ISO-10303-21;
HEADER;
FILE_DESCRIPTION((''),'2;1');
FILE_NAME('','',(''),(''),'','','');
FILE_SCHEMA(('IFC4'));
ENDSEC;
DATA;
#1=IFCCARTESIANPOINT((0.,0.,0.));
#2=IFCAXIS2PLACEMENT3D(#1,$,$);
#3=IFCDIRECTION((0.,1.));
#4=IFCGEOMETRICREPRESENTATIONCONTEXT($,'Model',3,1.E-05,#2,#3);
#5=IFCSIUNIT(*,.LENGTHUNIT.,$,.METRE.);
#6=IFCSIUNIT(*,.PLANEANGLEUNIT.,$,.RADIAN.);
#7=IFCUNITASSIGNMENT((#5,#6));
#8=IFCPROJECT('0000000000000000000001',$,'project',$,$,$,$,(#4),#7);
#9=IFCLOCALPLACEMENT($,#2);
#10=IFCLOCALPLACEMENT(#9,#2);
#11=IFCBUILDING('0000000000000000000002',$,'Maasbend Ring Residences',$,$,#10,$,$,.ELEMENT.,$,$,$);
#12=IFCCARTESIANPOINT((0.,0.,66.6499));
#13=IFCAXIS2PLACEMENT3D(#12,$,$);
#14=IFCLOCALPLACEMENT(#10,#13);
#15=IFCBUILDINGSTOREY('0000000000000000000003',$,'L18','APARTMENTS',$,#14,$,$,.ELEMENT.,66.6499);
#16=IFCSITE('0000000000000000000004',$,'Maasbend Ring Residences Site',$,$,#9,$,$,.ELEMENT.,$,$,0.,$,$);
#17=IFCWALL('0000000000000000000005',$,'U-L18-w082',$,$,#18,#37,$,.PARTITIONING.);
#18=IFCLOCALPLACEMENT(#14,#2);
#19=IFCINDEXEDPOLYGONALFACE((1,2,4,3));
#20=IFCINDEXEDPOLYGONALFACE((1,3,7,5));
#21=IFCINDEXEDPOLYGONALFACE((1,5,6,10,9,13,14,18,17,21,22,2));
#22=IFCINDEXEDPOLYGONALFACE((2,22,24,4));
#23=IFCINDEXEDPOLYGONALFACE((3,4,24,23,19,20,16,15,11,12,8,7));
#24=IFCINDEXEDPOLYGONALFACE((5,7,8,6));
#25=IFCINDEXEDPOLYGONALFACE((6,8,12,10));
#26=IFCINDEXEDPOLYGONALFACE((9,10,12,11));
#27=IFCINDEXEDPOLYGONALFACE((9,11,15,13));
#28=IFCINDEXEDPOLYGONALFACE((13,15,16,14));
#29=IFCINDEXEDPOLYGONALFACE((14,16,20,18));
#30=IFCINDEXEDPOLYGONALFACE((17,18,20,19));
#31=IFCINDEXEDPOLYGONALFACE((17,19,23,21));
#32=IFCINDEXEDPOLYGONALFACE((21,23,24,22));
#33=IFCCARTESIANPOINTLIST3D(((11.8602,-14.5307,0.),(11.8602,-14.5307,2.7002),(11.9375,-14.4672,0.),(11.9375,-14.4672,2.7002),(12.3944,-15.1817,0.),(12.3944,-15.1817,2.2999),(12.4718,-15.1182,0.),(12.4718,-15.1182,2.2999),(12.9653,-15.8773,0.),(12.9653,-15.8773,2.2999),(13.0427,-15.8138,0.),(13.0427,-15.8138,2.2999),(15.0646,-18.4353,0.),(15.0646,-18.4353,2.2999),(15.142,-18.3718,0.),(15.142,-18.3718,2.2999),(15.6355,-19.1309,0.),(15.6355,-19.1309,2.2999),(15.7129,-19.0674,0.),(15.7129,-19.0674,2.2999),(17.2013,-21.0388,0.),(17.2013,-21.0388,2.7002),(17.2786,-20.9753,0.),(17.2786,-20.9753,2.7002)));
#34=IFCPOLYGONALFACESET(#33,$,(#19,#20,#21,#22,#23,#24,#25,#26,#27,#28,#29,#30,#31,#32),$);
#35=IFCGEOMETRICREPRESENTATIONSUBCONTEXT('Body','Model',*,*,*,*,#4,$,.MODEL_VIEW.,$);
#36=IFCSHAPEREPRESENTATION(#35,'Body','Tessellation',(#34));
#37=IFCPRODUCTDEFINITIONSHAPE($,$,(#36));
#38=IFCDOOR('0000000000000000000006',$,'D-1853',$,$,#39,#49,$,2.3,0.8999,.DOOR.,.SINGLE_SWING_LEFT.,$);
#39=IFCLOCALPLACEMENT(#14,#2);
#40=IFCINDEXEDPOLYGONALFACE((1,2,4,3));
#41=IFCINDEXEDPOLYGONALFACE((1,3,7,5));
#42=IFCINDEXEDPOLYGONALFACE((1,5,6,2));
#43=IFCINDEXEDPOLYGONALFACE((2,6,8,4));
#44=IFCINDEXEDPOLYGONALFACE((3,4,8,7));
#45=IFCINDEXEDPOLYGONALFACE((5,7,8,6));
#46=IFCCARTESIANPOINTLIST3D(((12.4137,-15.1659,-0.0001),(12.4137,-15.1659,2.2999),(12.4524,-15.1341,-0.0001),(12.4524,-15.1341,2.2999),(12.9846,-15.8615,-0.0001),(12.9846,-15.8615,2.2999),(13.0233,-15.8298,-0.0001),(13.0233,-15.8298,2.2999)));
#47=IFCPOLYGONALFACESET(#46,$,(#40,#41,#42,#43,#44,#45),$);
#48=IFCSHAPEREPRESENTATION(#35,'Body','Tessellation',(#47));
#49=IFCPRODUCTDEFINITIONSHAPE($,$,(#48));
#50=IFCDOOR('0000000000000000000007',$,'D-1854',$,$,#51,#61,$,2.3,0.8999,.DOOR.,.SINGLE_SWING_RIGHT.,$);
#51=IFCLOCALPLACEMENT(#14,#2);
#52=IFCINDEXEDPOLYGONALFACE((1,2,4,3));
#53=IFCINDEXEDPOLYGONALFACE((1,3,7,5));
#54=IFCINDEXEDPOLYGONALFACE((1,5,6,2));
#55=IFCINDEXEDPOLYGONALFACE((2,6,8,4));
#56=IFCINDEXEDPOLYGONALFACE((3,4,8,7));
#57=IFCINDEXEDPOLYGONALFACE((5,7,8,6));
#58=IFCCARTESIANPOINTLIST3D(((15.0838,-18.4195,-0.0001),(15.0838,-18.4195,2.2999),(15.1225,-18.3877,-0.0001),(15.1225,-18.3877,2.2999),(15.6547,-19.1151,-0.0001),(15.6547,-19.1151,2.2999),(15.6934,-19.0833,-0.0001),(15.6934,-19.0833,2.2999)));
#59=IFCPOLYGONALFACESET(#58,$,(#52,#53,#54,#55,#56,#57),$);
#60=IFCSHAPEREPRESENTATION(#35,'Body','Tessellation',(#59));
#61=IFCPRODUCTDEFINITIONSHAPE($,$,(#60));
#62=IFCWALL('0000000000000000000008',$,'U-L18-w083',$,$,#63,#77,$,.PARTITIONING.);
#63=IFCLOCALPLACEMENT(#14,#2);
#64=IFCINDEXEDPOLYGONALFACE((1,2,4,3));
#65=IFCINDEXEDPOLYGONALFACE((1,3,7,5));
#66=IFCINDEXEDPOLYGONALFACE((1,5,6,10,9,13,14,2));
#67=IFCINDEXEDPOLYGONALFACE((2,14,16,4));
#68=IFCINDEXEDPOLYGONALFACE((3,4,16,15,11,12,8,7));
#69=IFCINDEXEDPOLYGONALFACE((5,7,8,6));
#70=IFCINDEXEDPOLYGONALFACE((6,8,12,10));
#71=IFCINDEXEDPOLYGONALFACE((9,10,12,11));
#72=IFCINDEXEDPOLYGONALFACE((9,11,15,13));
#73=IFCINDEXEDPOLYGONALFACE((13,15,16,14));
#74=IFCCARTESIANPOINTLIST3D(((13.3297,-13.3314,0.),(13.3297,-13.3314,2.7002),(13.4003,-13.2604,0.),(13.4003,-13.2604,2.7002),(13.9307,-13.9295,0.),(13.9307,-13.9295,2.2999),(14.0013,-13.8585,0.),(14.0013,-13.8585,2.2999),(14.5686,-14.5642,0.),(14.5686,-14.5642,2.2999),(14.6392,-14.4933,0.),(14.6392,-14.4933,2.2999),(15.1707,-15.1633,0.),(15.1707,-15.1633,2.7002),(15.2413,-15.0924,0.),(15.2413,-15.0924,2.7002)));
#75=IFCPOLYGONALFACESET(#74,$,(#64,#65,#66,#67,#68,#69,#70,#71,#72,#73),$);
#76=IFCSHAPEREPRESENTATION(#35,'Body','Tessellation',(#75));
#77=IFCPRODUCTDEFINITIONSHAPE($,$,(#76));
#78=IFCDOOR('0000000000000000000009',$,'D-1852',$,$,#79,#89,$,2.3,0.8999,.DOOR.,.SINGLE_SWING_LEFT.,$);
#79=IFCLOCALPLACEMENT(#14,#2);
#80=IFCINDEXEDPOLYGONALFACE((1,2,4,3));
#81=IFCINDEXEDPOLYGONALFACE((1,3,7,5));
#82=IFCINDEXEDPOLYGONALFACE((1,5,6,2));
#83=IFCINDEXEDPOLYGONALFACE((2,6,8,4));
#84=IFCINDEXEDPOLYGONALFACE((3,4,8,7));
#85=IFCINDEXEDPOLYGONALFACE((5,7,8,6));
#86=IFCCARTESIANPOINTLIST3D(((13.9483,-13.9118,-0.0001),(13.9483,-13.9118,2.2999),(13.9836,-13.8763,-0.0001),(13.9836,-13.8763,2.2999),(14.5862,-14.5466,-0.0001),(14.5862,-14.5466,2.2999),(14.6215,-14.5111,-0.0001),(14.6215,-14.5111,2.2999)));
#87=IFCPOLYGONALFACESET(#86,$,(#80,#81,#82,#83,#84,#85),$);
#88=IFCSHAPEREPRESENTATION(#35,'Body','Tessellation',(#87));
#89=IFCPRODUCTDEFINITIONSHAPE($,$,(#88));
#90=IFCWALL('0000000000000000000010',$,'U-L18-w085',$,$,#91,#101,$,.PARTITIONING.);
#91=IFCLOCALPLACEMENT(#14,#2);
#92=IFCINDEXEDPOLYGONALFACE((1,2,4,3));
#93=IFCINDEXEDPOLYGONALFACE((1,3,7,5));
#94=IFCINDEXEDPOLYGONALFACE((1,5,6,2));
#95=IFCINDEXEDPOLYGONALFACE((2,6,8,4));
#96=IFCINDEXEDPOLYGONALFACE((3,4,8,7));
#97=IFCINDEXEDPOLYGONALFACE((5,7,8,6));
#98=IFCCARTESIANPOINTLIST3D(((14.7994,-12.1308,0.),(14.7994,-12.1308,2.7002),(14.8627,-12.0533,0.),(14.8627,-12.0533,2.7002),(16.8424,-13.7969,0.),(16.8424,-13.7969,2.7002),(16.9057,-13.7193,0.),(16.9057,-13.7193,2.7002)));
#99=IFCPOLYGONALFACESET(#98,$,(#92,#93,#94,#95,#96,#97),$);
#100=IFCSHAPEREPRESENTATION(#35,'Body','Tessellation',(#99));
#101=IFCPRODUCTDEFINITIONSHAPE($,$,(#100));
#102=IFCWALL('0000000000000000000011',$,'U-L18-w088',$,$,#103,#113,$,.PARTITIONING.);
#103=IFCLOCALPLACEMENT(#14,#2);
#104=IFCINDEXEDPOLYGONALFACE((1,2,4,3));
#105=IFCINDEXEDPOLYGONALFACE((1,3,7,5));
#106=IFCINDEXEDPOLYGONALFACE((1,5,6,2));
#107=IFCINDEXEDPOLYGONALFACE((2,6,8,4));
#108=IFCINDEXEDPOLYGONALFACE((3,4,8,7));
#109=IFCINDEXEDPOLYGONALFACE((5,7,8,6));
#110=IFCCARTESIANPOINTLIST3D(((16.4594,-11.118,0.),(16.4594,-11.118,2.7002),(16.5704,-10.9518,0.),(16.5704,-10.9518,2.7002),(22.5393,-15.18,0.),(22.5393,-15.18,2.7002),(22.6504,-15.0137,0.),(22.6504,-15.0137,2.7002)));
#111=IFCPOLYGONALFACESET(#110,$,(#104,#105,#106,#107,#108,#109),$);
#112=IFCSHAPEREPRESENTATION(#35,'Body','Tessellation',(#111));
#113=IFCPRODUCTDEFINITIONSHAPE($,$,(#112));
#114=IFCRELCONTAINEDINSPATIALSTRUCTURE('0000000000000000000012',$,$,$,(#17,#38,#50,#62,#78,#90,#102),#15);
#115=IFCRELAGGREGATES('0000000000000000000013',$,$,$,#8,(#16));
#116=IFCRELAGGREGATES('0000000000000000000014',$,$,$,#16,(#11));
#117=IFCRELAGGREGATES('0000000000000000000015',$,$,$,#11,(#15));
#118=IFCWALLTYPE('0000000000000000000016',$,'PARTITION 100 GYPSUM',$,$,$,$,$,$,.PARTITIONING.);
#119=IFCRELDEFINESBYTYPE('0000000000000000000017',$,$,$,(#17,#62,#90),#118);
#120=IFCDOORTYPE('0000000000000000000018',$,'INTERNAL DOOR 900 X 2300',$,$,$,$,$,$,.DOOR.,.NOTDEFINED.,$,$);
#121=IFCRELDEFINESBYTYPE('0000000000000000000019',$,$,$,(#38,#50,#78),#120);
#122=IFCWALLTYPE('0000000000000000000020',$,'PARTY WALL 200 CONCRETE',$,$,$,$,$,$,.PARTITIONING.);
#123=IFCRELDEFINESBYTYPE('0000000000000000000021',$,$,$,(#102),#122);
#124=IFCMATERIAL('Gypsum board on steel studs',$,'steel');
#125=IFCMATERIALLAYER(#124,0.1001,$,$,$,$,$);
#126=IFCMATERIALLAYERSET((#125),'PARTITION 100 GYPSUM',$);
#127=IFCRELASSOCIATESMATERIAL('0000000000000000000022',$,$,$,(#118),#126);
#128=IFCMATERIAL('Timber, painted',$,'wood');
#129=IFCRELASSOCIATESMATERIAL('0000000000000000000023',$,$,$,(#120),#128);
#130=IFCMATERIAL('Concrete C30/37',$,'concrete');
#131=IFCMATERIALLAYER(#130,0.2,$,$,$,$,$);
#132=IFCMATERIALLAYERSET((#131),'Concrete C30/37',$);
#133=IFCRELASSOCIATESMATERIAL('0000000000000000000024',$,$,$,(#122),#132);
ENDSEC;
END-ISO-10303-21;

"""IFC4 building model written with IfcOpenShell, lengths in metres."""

from ifc_helpers import new_model, si_unit, direction, frame, frame_2d, origin, place, context, subcontext, project, spatial, rectangle, extrude, material, layer, layer_set, type_object, element, fill, save


model = new_model("IFC4")

# Units and contexts
model_context = context("Model", 3, precision=1e-05, world=origin(), true_north=direction((0.0, 1.0)))
body_context = subcontext(model_context, "Body", "Model", "MODEL_VIEW")
ifc_project = project(units=[si_unit("LENGTHUNIT", "METRE"), si_unit("PLANEANGLEUNIT", "RADIAN")], contexts=[model_context])

# Site, building, storey
site_placement = place(None, origin())
site = spatial("IfcSite", under=ifc_project, at=site_placement, Name="Maasbend Ring Residences Site", CompositionType="ELEMENT", RefElevation=0.0)
building_placement = place(site_placement, origin())
building = spatial("IfcBuilding", under=site, at=building_placement, Name="Maasbend Ring Residences", CompositionType="ELEMENT")
storey_placement = place(building_placement, frame((0.0, 0.0, 66.6499)))
storey = spatial("IfcBuildingStorey", under=building, at=storey_placement, Name="L18", Description="APARTMENTS", CompositionType="ELEMENT", Elevation=66.6499)

# Shared definitions
ifc_material_1 = material(Name="Gypsum board on steel studs", Category="steel")
ifc_layer_1 = layer(ifc_material_1, 0.1001)
ifc_layer_set_1 = layer_set([ifc_layer_1], Name="PARTITION 100 GYPSUM")
wall_type_1 = type_object("IfcWallType", Name="PARTITION 100 GYPSUM", PredefinedType="PARTITIONING", material=ifc_layer_set_1)
ifc_material_2 = material(Name="Timber, painted", Category="wood")
door_type_1 = type_object("IfcDoorType", Name="INTERNAL DOOR 900 X 2300", OperationType="NOTDEFINED", PredefinedType="DOOR", material=ifc_material_2)

# Wall, openings, doors
wall_1_placement = place(storey_placement, frame((11.8989, -14.499, 0.0), z_axis=(0.0, 0.0, 1.0), x_axis=(0.634396, -0.773008, 0.0)))
wall_1 = element("IfcWall", 1, at=wall_1_placement, inside=storey, type_object=wall_type_1, Name="U-L18-w082", PredefinedType="PARTITIONING", context=body_context, shape_type="SweptSolid", body=[
    extrude(rectangle(XDim=8.4192, YDim=0.1001, at=frame_2d((4.2095, 0.0))), origin(), (0.0, 0.0, 1.0), 2.7002),
])
opening_1_placement = place(wall_1_placement, frame((0.842, 0.0, 0.0)))
opening_1 = element("IfcOpeningElement", 2, at=opening_1_placement, cuts=wall_1, PredefinedType="OPENING", context=body_context, shape_type="SweptSolid", body=[
    extrude(rectangle(XDim=0.8999, YDim=2.3, at=frame_2d((0.45, 1.1499))), frame((0.0, 0.0601, 0.0), z_axis=(0.0, -1.0, 0.0), x_axis=(1.0, 0.0, 0.0)), (0.0, 0.0, 1.0), 0.1201),
])
opening_2_placement = place(wall_1_placement, frame((5.051, 0.0, 0.0)))
opening_2 = element("IfcOpeningElement", 3, at=opening_2_placement, cuts=wall_1, PredefinedType="OPENING", context=body_context, shape_type="SweptSolid", body=[
    extrude(rectangle(XDim=0.8999, YDim=2.3, at=frame_2d((0.45, 1.1499))), frame((0.0, 0.0601, 0.0), z_axis=(0.0, -1.0, 0.0), x_axis=(1.0, 0.0, 0.0)), (0.0, 0.0, 1.0), 0.1201),
])
door_1_placement = place(opening_1_placement, origin())
door_1 = element("IfcDoor", 4, at=door_1_placement, inside=storey, type_object=door_type_1, Name="D-1853", OperationType="SINGLE_SWING_LEFT", OverallHeight=2.3, OverallWidth=0.8999, PredefinedType="DOOR", context=body_context, shape_type="SweptSolid", body=[
    extrude(rectangle(XDim=0.8999, YDim=2.3, at=frame_2d((0.45, 1.1499))), frame((0.0, 0.0249, 0.0), z_axis=(0.0, -1.0, 0.0), x_axis=(1.0, 0.0, 0.0)), (0.0, 0.0, 1.0), 0.05),
])
fill(opening_1, door_1)
door_2_placement = place(opening_2_placement, origin())
door_2 = element("IfcDoor", 5, at=door_2_placement, inside=storey, type_object=door_type_1, Name="D-1854", OperationType="SINGLE_SWING_RIGHT", OverallHeight=2.3, OverallWidth=0.8999, PredefinedType="DOOR", context=body_context, shape_type="SweptSolid", body=[
    extrude(rectangle(XDim=0.8999, YDim=2.3, at=frame_2d((0.45, 1.1499))), frame((0.0, 0.0249, 0.0), z_axis=(0.0, -1.0, 0.0), x_axis=(1.0, 0.0, 0.0)), (0.0, 0.0, 1.0), 0.05),
])
fill(opening_2, door_2)

# Wall, opening, door
wall_2_placement = place(storey_placement, frame((13.365, -13.2959, 0.0), z_axis=(0.0, 0.0, 1.0), x_axis=(0.708844, -0.705366, 0.0)))
wall_2 = element("IfcWall", 6, at=wall_2_placement, inside=storey, type_object=wall_type_1, Name="U-L18-w083", PredefinedType="PARTITIONING", context=body_context, shape_type="SweptSolid", body=[
    extrude(rectangle(XDim=2.5972, YDim=0.1001, at=frame_2d((1.2986, 0.0))), origin(), (0.0, 0.0, 1.0), 2.7002),
])
opening_3_placement = place(wall_2_placement, frame((0.8479, 0.0, 0.0)))
opening_3 = element("IfcOpeningElement", 7, at=opening_3_placement, cuts=wall_2, PredefinedType="OPENING", context=body_context, shape_type="SweptSolid", body=[
    extrude(rectangle(XDim=0.8999, YDim=2.3, at=frame_2d((0.45, 1.1499))), frame((0.0, 0.0601, 0.0), z_axis=(0.0, -1.0, 0.0), x_axis=(1.0, 0.0, 0.0)), (0.0, 0.0, 1.0), 0.1201),
])
door_3_placement = place(opening_3_placement, origin())
door_3 = element("IfcDoor", 8, at=door_3_placement, inside=storey, type_object=door_type_1, Name="D-1852", OperationType="SINGLE_SWING_LEFT", OverallHeight=2.3, OverallWidth=0.8999, PredefinedType="DOOR", context=body_context, shape_type="SweptSolid", body=[
    extrude(rectangle(XDim=0.8999, YDim=2.3, at=frame_2d((0.45, 1.1499))), frame((0.0, 0.0249, 0.0), z_axis=(0.0, -1.0, 0.0), x_axis=(1.0, 0.0, 0.0)), (0.0, 0.0, 1.0), 0.05),
])
fill(opening_3, door_3)

# Walls
wall_3_placement = place(storey_placement, frame((14.8311, -12.092, 0.0), z_axis=(0.0, 0.0, 1.0), x_axis=(0.77498, -0.631986, 0.0)))
element("IfcWall", 9, at=wall_3_placement, inside=storey, type_object=wall_type_1, Name="U-L18-w085", PredefinedType="PARTITIONING", context=body_context, shape_type="SweptSolid", body=[
    extrude(rectangle(XDim=2.6362, YDim=0.1001, at=frame_2d((1.3181, 0.0))), origin(), (0.0, 0.0, 1.0), 2.7002),
])
ifc_material_3 = material(Name="Concrete C30/37", Category="concrete")
ifc_layer_2 = layer(ifc_material_3, 0.2)
ifc_layer_set_2 = layer_set([ifc_layer_2], Name="Concrete C30/37")
wall_type_2 = type_object("IfcWallType", Name="PARTY WALL 200 CONCRETE", PredefinedType="PARTITIONING", material=ifc_layer_set_2)
wall_4_placement = place(storey_placement, frame((16.5149, -11.0349, 0.0), z_axis=(0.0, 0.0, 1.0), x_axis=(0.831505, -0.555517, 0.0)))
element("IfcWall", 10, at=wall_4_placement, inside=storey, type_object=wall_type_2, Name="U-L18-w088", PredefinedType="PARTITIONING", context=body_context, shape_type="SweptSolid", body=[
    extrude(rectangle(XDim=7.312, YDim=0.2, at=frame_2d((3.656, 0.0))), origin(), (0.0, 0.0, 1.0), 2.7002),
])

save(model, "model.ifc")
